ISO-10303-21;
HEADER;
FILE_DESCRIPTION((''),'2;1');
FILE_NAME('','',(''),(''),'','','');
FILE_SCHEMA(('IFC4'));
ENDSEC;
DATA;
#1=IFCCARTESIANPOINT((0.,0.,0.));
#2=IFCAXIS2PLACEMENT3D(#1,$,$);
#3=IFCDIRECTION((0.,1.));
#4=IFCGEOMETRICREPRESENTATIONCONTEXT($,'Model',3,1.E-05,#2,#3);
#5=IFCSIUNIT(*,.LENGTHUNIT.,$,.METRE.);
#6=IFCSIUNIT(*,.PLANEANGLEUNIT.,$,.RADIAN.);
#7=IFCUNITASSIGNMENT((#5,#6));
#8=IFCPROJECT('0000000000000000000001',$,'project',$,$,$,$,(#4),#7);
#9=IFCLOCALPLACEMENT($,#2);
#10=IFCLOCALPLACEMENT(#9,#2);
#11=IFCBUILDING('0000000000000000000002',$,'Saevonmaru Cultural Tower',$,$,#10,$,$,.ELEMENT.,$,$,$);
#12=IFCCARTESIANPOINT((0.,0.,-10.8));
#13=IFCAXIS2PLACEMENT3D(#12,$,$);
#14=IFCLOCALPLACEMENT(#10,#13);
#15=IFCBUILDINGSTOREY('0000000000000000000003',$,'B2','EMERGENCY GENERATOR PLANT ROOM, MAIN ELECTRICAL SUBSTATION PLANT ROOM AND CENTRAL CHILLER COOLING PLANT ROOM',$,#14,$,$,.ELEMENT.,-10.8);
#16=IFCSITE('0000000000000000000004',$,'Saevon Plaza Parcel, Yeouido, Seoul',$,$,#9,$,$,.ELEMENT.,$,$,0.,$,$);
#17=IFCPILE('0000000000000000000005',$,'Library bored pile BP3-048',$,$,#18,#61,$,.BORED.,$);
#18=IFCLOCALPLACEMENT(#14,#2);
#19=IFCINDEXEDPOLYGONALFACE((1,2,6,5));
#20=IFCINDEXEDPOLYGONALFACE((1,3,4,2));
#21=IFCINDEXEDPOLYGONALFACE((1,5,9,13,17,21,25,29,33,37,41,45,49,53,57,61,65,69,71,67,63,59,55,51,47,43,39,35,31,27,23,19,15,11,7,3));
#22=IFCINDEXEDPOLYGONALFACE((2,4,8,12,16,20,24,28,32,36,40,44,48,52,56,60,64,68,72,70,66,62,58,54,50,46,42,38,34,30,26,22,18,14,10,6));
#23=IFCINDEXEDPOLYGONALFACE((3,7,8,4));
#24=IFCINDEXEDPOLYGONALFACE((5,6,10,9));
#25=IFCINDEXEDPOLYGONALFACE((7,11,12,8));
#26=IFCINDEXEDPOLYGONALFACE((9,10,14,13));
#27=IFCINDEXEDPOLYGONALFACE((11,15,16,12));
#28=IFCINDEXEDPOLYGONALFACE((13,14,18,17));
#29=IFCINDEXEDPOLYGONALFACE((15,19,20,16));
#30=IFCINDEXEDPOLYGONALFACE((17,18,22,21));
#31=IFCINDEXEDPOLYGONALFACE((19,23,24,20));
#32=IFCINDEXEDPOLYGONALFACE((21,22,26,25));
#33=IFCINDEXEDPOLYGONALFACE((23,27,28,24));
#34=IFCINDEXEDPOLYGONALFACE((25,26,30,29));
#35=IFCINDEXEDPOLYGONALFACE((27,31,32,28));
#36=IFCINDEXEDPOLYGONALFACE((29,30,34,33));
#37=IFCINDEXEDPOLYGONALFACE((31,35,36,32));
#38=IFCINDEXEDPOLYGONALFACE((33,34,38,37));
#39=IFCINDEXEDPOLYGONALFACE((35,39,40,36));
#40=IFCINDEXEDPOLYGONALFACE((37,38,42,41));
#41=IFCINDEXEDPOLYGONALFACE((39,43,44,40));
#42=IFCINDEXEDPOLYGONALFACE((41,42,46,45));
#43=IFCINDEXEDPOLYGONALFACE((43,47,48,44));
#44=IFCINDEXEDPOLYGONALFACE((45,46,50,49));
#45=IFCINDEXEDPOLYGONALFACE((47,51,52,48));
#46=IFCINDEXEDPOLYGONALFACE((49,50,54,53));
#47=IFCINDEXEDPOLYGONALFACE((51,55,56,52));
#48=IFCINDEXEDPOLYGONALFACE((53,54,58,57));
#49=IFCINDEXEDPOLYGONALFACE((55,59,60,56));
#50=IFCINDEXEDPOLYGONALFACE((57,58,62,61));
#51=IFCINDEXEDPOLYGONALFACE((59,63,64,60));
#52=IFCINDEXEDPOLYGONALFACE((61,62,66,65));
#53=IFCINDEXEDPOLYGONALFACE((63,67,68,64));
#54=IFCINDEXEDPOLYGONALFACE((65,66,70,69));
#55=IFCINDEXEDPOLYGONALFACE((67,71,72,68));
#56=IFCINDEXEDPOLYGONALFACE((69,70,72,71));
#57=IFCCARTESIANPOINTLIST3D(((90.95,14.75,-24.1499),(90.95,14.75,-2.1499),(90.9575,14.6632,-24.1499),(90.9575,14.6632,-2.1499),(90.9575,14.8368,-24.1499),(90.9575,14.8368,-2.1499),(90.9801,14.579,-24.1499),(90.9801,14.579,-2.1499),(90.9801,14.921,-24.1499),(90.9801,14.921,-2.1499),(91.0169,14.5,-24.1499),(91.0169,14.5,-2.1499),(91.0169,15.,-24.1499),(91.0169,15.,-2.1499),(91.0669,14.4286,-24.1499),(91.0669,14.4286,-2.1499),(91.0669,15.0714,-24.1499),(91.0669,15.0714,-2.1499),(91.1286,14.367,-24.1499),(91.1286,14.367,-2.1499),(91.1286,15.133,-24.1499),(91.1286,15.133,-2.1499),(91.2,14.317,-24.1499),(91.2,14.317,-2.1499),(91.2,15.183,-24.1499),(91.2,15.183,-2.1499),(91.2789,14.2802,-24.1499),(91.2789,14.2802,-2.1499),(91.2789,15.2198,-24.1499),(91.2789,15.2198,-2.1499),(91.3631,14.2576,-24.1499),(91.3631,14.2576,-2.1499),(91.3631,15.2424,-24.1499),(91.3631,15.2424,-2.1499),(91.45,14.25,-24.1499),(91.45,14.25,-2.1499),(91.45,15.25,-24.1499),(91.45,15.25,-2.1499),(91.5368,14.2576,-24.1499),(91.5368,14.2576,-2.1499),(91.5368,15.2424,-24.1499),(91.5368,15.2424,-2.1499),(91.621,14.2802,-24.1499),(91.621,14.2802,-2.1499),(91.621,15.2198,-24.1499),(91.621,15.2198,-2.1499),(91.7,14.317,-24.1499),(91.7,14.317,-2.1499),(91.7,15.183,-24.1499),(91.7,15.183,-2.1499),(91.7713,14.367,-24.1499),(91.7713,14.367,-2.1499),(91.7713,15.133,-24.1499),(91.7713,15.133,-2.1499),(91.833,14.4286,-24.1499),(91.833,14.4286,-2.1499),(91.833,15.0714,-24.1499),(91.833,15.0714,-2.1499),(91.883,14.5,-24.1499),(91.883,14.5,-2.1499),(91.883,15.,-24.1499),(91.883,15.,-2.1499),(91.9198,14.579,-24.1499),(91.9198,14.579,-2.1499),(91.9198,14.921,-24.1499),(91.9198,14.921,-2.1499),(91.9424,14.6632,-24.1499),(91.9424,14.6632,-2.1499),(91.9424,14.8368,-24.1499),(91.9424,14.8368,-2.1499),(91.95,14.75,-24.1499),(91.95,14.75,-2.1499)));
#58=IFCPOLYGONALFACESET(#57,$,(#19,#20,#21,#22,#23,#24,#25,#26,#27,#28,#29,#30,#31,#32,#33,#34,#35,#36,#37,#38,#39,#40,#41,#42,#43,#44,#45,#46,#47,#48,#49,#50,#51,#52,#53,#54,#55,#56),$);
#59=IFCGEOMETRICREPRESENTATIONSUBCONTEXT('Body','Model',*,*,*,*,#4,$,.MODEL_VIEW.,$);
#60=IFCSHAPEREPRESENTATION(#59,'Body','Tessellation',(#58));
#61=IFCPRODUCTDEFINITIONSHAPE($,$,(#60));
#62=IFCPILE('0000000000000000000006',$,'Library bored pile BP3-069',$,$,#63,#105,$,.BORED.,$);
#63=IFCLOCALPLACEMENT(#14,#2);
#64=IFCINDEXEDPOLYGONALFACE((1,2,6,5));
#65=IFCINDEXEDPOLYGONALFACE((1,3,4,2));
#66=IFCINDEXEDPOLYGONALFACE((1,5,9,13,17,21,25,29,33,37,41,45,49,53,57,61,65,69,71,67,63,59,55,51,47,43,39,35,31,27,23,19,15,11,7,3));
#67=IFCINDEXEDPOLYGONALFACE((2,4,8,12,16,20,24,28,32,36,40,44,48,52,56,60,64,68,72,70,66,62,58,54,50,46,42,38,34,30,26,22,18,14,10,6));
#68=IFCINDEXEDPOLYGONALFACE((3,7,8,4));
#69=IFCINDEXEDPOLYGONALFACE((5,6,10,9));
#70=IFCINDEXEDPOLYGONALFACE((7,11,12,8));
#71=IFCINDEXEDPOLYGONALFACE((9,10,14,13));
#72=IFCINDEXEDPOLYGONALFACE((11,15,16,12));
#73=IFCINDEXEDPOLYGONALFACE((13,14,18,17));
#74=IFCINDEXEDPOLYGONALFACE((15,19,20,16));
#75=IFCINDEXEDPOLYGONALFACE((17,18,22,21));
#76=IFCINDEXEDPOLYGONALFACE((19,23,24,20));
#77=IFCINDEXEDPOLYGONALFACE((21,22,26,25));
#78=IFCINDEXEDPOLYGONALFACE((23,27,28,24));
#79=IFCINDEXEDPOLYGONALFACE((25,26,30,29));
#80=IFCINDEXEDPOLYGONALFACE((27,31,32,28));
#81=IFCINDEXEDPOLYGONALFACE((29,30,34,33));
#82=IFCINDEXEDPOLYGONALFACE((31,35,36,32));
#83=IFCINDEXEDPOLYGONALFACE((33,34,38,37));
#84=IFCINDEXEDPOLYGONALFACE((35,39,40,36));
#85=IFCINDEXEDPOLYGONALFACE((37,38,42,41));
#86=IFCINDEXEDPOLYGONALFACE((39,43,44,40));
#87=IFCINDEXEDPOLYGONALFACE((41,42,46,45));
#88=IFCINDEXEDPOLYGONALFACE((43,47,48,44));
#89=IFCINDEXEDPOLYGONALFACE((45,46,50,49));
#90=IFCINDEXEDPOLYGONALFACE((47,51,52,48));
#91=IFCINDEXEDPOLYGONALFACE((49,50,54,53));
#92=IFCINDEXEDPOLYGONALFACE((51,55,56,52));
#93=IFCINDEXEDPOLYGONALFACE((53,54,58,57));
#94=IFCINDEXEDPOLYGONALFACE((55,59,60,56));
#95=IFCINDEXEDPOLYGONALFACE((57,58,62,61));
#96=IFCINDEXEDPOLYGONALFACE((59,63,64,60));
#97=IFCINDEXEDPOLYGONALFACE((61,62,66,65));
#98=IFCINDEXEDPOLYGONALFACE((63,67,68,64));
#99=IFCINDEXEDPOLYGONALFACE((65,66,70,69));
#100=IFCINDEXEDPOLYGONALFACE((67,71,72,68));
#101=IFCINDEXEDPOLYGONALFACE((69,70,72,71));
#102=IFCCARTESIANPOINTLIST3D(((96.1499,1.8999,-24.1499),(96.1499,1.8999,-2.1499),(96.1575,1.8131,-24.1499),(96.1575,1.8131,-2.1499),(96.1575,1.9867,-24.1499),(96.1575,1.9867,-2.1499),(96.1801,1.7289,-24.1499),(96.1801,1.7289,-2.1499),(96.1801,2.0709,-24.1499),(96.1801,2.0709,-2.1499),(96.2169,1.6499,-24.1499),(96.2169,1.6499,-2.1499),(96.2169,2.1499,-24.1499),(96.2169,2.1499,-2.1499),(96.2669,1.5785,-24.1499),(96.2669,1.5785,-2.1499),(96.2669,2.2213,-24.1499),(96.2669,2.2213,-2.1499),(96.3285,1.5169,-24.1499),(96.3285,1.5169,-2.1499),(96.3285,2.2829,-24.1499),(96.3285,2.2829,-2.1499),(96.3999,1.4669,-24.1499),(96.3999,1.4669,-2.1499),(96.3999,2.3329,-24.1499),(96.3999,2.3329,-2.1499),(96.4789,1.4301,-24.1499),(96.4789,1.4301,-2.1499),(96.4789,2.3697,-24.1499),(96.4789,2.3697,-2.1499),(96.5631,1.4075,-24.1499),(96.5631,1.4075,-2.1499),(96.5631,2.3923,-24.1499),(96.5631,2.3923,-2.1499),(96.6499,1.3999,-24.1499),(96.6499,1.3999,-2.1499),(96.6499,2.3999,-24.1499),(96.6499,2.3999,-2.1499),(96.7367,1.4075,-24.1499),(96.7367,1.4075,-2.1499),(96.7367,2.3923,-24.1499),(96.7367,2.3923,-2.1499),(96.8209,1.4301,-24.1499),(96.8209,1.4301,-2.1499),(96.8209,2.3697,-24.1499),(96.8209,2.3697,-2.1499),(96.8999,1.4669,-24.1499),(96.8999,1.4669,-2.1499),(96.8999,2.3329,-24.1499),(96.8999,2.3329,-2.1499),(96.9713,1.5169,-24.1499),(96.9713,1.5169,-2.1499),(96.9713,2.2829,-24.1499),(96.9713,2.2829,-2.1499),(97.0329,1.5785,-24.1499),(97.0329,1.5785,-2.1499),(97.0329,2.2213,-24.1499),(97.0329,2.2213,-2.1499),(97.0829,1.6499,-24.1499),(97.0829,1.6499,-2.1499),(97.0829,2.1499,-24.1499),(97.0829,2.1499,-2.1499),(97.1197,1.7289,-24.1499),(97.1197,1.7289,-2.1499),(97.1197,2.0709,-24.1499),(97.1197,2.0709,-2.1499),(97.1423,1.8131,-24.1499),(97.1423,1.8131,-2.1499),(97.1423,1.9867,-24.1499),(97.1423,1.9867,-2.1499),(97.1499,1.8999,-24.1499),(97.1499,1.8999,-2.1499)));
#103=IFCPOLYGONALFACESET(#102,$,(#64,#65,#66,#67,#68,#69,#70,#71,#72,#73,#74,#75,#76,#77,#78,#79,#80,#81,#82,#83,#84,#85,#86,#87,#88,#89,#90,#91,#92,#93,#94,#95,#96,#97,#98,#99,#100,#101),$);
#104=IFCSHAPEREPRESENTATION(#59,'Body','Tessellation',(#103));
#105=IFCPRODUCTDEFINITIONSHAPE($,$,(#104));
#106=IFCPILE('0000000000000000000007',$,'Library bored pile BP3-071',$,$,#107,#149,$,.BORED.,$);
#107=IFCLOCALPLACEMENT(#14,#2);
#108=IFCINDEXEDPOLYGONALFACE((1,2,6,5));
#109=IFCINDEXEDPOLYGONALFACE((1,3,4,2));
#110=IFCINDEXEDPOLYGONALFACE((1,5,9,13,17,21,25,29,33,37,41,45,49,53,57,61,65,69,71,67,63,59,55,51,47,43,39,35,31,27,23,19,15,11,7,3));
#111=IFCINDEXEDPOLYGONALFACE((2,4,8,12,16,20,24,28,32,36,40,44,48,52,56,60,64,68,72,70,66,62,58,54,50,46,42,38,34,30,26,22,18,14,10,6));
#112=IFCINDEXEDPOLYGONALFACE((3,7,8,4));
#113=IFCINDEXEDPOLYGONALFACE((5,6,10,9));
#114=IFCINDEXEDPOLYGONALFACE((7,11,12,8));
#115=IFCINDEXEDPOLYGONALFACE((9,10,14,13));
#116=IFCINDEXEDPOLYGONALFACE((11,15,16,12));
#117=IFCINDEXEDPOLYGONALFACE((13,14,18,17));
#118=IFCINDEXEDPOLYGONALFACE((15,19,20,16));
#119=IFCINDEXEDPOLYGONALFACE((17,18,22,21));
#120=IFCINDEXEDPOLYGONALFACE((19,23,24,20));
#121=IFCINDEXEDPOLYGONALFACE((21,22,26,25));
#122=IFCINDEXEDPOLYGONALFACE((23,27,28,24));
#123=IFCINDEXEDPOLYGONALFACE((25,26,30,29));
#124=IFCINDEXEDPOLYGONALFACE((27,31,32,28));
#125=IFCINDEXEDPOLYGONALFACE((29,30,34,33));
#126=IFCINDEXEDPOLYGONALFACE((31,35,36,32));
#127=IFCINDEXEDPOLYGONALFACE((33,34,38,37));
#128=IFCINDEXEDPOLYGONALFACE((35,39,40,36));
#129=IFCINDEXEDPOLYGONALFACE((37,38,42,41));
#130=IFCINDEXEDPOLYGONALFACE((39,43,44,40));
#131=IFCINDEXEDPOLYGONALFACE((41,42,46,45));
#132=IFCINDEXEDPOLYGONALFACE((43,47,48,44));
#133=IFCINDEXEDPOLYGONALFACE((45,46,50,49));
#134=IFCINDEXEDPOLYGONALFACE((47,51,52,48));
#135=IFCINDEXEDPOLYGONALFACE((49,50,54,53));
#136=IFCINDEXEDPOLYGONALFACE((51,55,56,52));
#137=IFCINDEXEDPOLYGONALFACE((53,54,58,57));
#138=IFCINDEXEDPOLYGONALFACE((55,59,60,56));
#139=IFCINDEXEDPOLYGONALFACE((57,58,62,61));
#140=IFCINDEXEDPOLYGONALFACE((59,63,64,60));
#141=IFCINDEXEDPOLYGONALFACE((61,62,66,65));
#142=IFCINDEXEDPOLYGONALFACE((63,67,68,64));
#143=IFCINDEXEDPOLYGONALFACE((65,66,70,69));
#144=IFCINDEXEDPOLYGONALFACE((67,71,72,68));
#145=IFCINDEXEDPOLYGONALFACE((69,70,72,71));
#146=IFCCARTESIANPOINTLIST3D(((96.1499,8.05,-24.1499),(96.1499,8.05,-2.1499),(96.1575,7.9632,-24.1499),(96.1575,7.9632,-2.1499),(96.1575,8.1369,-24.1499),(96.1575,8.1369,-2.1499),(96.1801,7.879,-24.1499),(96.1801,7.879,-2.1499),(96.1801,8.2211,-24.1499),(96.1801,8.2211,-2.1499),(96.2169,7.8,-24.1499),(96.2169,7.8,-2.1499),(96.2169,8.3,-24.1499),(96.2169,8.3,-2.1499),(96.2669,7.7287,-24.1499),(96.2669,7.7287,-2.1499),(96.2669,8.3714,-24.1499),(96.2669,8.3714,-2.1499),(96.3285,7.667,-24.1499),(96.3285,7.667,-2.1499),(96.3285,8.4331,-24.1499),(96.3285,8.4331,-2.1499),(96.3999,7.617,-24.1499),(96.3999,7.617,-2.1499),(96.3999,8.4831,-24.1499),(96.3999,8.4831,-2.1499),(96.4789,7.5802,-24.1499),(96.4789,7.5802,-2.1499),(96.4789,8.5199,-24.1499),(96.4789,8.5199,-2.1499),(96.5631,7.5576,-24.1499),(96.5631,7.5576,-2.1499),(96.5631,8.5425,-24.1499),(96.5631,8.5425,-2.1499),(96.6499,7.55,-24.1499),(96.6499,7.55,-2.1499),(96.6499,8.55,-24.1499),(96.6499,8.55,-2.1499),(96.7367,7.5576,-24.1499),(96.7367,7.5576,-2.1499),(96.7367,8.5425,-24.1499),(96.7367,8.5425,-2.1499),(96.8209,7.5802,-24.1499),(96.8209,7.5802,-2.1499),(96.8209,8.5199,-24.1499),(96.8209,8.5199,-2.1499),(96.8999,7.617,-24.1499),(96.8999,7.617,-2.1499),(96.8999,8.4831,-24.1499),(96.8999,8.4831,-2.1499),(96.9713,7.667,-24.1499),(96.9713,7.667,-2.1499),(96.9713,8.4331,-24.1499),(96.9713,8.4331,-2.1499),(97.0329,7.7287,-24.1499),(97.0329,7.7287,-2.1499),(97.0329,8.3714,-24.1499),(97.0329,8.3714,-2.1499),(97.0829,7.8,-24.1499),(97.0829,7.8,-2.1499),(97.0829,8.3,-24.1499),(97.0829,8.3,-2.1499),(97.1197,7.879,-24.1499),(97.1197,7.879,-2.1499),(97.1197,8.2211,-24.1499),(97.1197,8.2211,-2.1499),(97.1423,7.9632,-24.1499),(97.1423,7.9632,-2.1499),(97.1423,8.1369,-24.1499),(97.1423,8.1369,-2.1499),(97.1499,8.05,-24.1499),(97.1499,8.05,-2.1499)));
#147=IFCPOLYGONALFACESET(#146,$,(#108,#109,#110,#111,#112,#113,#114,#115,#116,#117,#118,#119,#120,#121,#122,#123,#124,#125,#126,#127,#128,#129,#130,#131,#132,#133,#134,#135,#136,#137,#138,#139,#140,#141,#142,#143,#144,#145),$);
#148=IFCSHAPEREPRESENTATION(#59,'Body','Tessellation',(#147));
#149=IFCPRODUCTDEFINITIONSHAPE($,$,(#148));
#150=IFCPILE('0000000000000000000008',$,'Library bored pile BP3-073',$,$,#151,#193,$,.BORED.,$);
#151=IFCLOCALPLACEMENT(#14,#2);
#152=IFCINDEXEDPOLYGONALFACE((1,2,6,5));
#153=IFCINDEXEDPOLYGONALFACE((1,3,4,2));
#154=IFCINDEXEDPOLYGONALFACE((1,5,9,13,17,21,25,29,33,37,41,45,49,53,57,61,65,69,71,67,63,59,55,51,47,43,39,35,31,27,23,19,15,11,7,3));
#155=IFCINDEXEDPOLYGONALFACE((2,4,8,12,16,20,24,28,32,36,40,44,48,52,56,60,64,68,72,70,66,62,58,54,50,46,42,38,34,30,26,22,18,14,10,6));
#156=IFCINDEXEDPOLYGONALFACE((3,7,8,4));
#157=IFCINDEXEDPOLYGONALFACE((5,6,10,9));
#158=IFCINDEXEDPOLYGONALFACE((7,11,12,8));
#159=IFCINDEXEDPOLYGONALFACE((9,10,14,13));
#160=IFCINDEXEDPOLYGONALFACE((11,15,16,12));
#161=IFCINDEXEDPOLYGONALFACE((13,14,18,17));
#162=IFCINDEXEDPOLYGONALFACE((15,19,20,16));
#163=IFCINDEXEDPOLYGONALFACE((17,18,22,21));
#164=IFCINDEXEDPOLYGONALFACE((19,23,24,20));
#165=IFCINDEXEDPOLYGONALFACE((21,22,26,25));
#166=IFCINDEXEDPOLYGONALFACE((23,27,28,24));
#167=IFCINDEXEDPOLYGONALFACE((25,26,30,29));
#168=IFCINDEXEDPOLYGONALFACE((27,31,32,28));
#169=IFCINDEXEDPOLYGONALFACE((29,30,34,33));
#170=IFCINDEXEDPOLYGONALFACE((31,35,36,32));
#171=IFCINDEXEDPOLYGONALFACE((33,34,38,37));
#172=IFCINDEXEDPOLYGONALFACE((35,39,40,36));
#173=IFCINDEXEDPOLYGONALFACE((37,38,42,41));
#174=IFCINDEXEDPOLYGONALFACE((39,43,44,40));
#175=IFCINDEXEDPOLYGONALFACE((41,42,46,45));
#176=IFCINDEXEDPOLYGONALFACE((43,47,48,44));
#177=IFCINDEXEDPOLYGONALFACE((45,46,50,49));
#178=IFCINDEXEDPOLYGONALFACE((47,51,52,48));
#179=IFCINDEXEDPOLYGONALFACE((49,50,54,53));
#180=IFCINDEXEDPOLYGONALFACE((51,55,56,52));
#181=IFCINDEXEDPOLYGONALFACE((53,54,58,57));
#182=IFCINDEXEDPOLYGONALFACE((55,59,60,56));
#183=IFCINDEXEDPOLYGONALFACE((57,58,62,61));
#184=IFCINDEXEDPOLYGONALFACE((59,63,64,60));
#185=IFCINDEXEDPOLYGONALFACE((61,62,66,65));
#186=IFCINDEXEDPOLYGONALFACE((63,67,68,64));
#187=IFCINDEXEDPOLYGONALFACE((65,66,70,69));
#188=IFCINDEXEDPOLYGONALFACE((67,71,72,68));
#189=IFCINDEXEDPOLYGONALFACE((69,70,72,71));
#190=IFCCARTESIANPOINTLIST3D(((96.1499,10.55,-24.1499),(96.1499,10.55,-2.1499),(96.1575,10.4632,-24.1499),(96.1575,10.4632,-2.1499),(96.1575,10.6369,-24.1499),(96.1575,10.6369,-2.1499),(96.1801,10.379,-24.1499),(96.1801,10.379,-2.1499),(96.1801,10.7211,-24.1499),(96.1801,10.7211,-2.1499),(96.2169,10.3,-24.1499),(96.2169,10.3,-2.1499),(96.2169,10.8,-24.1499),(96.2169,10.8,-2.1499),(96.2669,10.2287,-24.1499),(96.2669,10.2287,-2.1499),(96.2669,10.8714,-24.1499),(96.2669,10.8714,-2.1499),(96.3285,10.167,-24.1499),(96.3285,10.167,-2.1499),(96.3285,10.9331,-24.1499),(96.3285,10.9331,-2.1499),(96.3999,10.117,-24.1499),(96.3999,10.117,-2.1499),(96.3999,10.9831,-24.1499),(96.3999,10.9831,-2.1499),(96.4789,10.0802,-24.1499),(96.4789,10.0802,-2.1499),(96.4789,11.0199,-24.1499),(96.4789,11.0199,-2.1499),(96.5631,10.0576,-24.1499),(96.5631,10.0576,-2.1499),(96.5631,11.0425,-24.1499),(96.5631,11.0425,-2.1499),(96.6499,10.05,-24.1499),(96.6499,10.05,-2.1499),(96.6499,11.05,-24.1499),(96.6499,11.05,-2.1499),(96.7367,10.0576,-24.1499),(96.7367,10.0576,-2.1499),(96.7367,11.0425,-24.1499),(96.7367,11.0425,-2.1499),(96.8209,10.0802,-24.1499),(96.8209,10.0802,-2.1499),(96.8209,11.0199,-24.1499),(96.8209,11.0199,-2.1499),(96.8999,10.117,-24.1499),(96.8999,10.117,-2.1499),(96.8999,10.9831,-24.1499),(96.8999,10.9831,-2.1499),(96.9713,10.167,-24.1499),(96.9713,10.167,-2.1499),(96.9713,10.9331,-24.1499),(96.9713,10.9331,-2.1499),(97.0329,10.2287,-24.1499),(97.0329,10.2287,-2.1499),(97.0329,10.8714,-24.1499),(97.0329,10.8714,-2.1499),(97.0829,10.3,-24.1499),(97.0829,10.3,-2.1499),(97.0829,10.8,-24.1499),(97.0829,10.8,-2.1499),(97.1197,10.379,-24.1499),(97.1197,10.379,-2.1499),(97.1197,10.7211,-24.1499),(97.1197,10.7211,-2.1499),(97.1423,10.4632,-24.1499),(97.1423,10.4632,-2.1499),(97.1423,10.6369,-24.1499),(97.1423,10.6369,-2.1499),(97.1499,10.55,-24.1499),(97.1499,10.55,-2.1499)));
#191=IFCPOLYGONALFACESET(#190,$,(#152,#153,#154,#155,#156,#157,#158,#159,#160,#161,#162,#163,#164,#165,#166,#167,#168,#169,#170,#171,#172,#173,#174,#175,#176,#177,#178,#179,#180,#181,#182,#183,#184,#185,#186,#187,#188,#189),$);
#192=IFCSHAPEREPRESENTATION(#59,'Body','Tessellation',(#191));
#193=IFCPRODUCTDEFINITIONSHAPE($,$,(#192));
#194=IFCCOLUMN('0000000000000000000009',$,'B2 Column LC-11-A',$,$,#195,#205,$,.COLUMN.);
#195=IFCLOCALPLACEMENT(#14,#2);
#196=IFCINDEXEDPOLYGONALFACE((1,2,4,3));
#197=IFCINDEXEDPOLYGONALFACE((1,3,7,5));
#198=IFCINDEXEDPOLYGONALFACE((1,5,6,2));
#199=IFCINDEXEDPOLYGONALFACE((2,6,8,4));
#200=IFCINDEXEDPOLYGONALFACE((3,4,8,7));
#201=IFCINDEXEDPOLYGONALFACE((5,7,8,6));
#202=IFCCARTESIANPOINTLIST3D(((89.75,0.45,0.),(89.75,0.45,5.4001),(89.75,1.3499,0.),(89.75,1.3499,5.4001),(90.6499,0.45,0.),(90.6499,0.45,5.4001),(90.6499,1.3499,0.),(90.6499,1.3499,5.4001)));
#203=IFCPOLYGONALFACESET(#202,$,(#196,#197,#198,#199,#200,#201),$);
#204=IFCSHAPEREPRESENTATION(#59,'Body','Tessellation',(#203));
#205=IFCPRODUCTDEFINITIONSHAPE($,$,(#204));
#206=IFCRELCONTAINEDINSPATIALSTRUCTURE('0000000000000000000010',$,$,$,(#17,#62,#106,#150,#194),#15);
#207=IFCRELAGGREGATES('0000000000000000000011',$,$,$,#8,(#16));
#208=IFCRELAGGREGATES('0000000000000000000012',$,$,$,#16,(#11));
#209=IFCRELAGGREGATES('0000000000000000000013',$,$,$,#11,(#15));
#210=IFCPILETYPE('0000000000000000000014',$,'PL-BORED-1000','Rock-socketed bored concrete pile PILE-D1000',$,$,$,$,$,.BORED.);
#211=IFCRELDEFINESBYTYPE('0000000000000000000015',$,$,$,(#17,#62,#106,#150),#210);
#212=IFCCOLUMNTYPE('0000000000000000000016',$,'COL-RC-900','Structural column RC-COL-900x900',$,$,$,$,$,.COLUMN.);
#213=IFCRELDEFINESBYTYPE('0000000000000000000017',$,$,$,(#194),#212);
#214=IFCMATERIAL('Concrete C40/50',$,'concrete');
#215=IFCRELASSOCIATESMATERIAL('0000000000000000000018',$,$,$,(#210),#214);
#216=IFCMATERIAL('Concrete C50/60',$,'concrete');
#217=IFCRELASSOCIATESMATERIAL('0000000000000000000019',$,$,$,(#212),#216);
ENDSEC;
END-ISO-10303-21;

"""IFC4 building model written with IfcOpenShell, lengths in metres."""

from ifc_helpers import new_model, si_unit, direction, frame, origin, origin_2d, place, context, subcontext, project, spatial, rectangle, circle, extrude, material, material_profile, profile_set, type_object, element, save


model = new_model("IFC4")

# Units and contexts
model_context = context("Model", 3, precision=1e-05, world=origin(), true_north=direction((0.0, 1.0)))
body_context = subcontext(model_context, "Body", "Model", "MODEL_VIEW")
ifc_project = project(units=[si_unit("LENGTHUNIT", "METRE"), si_unit("PLANEANGLEUNIT", "RADIAN")], contexts=[model_context])

# Site, building, storey
site_placement = place(None, origin())
site = spatial("IfcSite", under=ifc_project, at=site_placement, Name="Saevon Plaza Parcel, Yeouido, Seoul", CompositionType="ELEMENT", RefElevation=0.0)
building_placement = place(site_placement, origin())
building = spatial("IfcBuilding", under=site, at=building_placement, Name="Saevonmaru Cultural Tower", CompositionType="ELEMENT")
storey_placement = place(building_placement, frame((0.0, 0.0, -10.8)))
storey = spatial("IfcBuildingStorey", under=building, at=storey_placement, Name="B2", Description="EMERGENCY GENERATOR PLANT ROOM, MAIN ELECTRICAL SUBSTATION PLANT ROOM AND CENTRAL CHILLER COOLING PLANT ROOM", CompositionType="ELEMENT", Elevation=-10.8)

# Shared definitions
ifc_material_1 = material(Name="Concrete C50/60", Category="concrete")

# Piles
ifc_material_2 = material(Name="Concrete C40/50", Category="concrete")
ifc_material_profile_1 = material_profile(ifc_material_2, circle(Radius=0.5, at=origin_2d()), Name="PILE-D1000")
ifc_profile_set_1 = profile_set([ifc_material_profile_1], Name="Concrete C40/50")
pile_type = type_object("IfcPileType", Name="PL-BORED-1000", Description="Rock-socketed bored concrete pile PILE-D1000", PredefinedType="BORED", material=ifc_profile_set_1)
for number, where, z_axis, x_axis, name in (
    (1, (91.45, 14.75, -2.1499), (0.0, 0.0, -1.0), (1.0, 0.0, 0.0), "Library bored pile BP3-048"),
    (2, (96.6499, 1.8999, -2.1499), (0.0, 0.0, -1.0), (1.0, 0.0, 0.0), "Library bored pile BP3-069"),
    (3, (96.6499, 8.05, -2.1499), (0.0, 0.0, -1.0), (1.0, 0.0, 0.0), "Library bored pile BP3-071"),
    (4, (96.6499, 10.55, -2.1499), (0.0, 0.0, -1.0), (1.0, 0.0, 0.0), "Library bored pile BP3-073"),
):
    element("IfcPile", number, at=place(storey_placement, frame(where, z_axis=z_axis, x_axis=x_axis)), inside=storey, type_object=pile_type, Name=name, PredefinedType="BORED", context=body_context, shape_type="SweptSolid", body=[
        extrude(circle(Radius=0.5, at=origin_2d()), origin(), (0.0, 0.0, 1.0), 22.0),
    ])

# Column
ifc_material_profile_2 = material_profile(ifc_material_1, rectangle(XDim=0.8999, YDim=0.8999, at=origin_2d()), Name="RC-COL-900x900")
ifc_profile_set_2 = profile_set([ifc_material_profile_2], Name="Concrete C50/60")
column_type = type_object("IfcColumnType", Name="COL-RC-900", Description="Structural column RC-COL-900x900", PredefinedType="COLUMN", material=ifc_profile_set_2)
for number, where, z_axis, x_axis, name in (
    (5, (90.2, 0.8999, 0.0), (0.0, 0.0, 1.0), (1.0, 0.0, 0.0), "B2 Column LC-11-A"),
):
    element("IfcColumn", number, at=place(storey_placement, frame(where, z_axis=z_axis, x_axis=x_axis)), inside=storey, type_object=column_type, Name=name, PredefinedType="COLUMN", context=body_context, shape_type="SweptSolid", body=[
        extrude(rectangle(XDim=0.8999, YDim=0.8999, at=origin_2d()), origin(), (0.0, 0.0, 1.0), 5.4001),
    ])

save(model, "model.ifc")
